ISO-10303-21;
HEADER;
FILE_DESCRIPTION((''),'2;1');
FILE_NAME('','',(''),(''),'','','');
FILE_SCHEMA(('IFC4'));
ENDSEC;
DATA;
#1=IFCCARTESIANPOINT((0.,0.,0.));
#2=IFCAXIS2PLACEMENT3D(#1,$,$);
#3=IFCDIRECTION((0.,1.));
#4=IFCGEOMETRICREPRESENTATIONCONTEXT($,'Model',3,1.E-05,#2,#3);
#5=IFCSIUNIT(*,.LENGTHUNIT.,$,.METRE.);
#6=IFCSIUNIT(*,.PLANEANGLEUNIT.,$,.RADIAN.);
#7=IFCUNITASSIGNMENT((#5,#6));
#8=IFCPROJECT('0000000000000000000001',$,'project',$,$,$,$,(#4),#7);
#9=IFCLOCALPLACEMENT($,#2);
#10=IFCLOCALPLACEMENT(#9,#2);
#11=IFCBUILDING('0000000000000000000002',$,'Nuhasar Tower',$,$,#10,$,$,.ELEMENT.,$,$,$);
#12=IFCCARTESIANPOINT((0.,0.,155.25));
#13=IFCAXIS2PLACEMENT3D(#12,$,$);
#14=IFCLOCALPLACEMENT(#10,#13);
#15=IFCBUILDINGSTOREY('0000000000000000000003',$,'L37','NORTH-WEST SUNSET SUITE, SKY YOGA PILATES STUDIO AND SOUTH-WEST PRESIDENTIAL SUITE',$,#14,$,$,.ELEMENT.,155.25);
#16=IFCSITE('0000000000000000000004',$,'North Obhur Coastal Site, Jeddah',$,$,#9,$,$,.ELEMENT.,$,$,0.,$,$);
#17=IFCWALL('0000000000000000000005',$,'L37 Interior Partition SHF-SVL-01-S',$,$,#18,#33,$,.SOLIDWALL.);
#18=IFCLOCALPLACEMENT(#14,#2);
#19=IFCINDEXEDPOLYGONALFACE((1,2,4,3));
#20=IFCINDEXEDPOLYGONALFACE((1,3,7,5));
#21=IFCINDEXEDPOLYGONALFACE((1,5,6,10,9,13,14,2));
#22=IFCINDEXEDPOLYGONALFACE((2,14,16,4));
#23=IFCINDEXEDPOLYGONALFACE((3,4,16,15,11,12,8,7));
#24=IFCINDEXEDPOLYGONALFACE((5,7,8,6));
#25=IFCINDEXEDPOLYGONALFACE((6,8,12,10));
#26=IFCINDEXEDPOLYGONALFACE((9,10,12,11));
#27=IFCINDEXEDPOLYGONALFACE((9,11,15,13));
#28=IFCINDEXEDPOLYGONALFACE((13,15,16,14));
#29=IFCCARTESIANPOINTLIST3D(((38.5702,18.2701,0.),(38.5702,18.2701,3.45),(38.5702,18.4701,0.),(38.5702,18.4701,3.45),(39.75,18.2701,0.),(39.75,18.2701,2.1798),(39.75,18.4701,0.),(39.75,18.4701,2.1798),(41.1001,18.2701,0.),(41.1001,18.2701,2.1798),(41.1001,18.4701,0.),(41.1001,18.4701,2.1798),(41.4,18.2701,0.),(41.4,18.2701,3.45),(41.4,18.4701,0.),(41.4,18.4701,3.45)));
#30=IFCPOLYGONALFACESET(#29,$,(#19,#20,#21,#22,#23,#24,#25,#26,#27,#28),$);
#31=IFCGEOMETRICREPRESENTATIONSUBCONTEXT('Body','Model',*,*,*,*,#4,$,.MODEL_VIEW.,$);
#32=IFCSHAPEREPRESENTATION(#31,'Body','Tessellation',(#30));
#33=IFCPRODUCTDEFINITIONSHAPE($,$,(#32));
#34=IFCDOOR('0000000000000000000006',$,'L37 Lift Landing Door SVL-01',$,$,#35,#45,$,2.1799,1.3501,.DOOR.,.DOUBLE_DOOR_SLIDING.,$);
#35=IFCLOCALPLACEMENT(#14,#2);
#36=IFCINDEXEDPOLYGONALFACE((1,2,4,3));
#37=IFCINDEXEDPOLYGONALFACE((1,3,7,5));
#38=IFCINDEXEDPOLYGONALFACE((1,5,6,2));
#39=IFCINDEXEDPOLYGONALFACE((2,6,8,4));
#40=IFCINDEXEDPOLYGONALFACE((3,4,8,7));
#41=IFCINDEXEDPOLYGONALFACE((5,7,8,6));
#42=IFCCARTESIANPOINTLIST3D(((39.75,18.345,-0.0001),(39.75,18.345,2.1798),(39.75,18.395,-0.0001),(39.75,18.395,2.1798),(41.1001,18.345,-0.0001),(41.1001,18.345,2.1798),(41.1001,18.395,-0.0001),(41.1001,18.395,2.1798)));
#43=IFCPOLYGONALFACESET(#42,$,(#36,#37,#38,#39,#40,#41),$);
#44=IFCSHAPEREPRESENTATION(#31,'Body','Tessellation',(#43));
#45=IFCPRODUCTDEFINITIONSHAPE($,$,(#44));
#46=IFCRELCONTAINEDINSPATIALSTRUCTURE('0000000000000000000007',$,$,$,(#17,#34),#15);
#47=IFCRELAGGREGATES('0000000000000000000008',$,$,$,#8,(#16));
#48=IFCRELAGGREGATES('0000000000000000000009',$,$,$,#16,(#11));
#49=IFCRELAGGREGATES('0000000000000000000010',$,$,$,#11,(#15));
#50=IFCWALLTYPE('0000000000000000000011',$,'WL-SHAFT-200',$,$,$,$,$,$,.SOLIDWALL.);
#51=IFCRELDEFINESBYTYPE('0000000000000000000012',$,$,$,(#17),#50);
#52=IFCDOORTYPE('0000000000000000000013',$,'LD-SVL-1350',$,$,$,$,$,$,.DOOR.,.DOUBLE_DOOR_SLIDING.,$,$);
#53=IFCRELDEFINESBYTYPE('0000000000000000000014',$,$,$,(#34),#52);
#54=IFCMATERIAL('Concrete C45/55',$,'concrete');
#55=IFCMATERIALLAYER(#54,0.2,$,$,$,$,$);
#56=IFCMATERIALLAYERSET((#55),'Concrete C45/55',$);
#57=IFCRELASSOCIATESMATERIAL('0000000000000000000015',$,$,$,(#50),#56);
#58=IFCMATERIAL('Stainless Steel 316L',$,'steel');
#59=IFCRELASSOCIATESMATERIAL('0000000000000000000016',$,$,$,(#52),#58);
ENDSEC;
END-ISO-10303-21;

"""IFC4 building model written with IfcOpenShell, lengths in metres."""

from ifc_helpers import new_model, si_unit, direction, frame, frame_2d, origin, place, context, subcontext, project, spatial, rectangle, extrude, material, layer, layer_set, type_object, element, fill, save


model = new_model("IFC4")

# Units and contexts
model_context = context("Model", 3, precision=1e-05, world=origin(), true_north=direction((0.0, 1.0)))
body_context = subcontext(model_context, "Body", "Model", "MODEL_VIEW")
ifc_project = project(units=[si_unit("LENGTHUNIT", "METRE"), si_unit("PLANEANGLEUNIT", "RADIAN")], contexts=[model_context])

# Site, building, storey
site_placement = place(None, origin())
site = spatial("IfcSite", under=ifc_project, at=site_placement, Name="North Obhur Coastal Site, Jeddah", CompositionType="ELEMENT", RefElevation=0.0)
building_placement = place(site_placement, origin())
building = spatial("IfcBuilding", under=site, at=building_placement, Name="Nuhasar Tower", CompositionType="ELEMENT")
storey_placement = place(building_placement, frame((0.0, 0.0, 155.25)))
storey = spatial("IfcBuildingStorey", under=building, at=storey_placement, Name="L37", Description="NORTH-WEST SUNSET SUITE, SKY YOGA PILATES STUDIO AND SOUTH-WEST PRESIDENTIAL SUITE", CompositionType="ELEMENT", Elevation=155.25)

# Shared definitions
ifc_material_1 = material(Name="Concrete C45/55", Category="concrete")
ifc_layer_1 = layer(ifc_material_1, 0.2)
ifc_layer_set_1 = layer_set([ifc_layer_1], Name="Concrete C45/55")
wall_type_1 = type_object("IfcWallType", Name="WL-SHAFT-200", PredefinedType="SOLIDWALL", material=ifc_layer_set_1)

# Shared definitions
ifc_material_2 = material(Name="Stainless Steel 316L", Category="steel")

# Wall, opening, door
wall_1_placement = place(storey_placement, frame((38.5701, 18.3701, 0.0), z_axis=(0.0, 0.0, 1.0), x_axis=(1.0, 0.0, 0.0)))
wall_1 = element("IfcWall", 1, at=wall_1_placement, inside=storey, type_object=wall_type_1, Name="L37 Interior Partition SHF-SVL-01-S", PredefinedType="SOLIDWALL", context=body_context, shape_type="SweptSolid", body=[
    extrude(rectangle(XDim=2.8298, YDim=0.2, at=frame_2d((1.415, 0.0))), origin(), (0.0, 0.0, 1.0), 3.45),
])
opening_1_placement = place(wall_1_placement, frame((1.1799, 0.0, 0.0)))
opening_1 = element("IfcOpeningElement", 2, at=opening_1_placement, cuts=wall_1, PredefinedType="OPENING", context=body_context, shape_type="SweptSolid", body=[
    extrude(rectangle(XDim=1.3501, YDim=2.1799, at=frame_2d((0.675, 1.0898))), frame((0.0, 0.1099, 0.0), z_axis=(0.0, -1.0, 0.0), x_axis=(1.0, 0.0, 0.0)), (0.0, 0.0, 1.0), 0.22),
])
door_type_1 = type_object("IfcDoorType", Name="LD-SVL-1350", OperationType="DOUBLE_DOOR_SLIDING", PredefinedType="DOOR", material=ifc_material_2)
door_1_placement = place(opening_1_placement, origin())
door_1 = element("IfcDoor", 3, at=door_1_placement, inside=storey, type_object=door_type_1, Name="L37 Lift Landing Door SVL-01", OperationType="DOUBLE_DOOR_SLIDING", OverallHeight=2.1799, OverallWidth=1.3501, PredefinedType="DOOR", context=body_context, shape_type="SweptSolid", body=[
    extrude(rectangle(XDim=1.3501, YDim=2.1799, at=frame_2d((0.675, 1.0898))), frame((0.0, 0.0249, 0.0), z_axis=(0.0, -1.0, 0.0), x_axis=(1.0, 0.0, 0.0)), (0.0, 0.0, 1.0), 0.05),
])
fill(opening_1, door_1)

save(model, "model.ifc")
